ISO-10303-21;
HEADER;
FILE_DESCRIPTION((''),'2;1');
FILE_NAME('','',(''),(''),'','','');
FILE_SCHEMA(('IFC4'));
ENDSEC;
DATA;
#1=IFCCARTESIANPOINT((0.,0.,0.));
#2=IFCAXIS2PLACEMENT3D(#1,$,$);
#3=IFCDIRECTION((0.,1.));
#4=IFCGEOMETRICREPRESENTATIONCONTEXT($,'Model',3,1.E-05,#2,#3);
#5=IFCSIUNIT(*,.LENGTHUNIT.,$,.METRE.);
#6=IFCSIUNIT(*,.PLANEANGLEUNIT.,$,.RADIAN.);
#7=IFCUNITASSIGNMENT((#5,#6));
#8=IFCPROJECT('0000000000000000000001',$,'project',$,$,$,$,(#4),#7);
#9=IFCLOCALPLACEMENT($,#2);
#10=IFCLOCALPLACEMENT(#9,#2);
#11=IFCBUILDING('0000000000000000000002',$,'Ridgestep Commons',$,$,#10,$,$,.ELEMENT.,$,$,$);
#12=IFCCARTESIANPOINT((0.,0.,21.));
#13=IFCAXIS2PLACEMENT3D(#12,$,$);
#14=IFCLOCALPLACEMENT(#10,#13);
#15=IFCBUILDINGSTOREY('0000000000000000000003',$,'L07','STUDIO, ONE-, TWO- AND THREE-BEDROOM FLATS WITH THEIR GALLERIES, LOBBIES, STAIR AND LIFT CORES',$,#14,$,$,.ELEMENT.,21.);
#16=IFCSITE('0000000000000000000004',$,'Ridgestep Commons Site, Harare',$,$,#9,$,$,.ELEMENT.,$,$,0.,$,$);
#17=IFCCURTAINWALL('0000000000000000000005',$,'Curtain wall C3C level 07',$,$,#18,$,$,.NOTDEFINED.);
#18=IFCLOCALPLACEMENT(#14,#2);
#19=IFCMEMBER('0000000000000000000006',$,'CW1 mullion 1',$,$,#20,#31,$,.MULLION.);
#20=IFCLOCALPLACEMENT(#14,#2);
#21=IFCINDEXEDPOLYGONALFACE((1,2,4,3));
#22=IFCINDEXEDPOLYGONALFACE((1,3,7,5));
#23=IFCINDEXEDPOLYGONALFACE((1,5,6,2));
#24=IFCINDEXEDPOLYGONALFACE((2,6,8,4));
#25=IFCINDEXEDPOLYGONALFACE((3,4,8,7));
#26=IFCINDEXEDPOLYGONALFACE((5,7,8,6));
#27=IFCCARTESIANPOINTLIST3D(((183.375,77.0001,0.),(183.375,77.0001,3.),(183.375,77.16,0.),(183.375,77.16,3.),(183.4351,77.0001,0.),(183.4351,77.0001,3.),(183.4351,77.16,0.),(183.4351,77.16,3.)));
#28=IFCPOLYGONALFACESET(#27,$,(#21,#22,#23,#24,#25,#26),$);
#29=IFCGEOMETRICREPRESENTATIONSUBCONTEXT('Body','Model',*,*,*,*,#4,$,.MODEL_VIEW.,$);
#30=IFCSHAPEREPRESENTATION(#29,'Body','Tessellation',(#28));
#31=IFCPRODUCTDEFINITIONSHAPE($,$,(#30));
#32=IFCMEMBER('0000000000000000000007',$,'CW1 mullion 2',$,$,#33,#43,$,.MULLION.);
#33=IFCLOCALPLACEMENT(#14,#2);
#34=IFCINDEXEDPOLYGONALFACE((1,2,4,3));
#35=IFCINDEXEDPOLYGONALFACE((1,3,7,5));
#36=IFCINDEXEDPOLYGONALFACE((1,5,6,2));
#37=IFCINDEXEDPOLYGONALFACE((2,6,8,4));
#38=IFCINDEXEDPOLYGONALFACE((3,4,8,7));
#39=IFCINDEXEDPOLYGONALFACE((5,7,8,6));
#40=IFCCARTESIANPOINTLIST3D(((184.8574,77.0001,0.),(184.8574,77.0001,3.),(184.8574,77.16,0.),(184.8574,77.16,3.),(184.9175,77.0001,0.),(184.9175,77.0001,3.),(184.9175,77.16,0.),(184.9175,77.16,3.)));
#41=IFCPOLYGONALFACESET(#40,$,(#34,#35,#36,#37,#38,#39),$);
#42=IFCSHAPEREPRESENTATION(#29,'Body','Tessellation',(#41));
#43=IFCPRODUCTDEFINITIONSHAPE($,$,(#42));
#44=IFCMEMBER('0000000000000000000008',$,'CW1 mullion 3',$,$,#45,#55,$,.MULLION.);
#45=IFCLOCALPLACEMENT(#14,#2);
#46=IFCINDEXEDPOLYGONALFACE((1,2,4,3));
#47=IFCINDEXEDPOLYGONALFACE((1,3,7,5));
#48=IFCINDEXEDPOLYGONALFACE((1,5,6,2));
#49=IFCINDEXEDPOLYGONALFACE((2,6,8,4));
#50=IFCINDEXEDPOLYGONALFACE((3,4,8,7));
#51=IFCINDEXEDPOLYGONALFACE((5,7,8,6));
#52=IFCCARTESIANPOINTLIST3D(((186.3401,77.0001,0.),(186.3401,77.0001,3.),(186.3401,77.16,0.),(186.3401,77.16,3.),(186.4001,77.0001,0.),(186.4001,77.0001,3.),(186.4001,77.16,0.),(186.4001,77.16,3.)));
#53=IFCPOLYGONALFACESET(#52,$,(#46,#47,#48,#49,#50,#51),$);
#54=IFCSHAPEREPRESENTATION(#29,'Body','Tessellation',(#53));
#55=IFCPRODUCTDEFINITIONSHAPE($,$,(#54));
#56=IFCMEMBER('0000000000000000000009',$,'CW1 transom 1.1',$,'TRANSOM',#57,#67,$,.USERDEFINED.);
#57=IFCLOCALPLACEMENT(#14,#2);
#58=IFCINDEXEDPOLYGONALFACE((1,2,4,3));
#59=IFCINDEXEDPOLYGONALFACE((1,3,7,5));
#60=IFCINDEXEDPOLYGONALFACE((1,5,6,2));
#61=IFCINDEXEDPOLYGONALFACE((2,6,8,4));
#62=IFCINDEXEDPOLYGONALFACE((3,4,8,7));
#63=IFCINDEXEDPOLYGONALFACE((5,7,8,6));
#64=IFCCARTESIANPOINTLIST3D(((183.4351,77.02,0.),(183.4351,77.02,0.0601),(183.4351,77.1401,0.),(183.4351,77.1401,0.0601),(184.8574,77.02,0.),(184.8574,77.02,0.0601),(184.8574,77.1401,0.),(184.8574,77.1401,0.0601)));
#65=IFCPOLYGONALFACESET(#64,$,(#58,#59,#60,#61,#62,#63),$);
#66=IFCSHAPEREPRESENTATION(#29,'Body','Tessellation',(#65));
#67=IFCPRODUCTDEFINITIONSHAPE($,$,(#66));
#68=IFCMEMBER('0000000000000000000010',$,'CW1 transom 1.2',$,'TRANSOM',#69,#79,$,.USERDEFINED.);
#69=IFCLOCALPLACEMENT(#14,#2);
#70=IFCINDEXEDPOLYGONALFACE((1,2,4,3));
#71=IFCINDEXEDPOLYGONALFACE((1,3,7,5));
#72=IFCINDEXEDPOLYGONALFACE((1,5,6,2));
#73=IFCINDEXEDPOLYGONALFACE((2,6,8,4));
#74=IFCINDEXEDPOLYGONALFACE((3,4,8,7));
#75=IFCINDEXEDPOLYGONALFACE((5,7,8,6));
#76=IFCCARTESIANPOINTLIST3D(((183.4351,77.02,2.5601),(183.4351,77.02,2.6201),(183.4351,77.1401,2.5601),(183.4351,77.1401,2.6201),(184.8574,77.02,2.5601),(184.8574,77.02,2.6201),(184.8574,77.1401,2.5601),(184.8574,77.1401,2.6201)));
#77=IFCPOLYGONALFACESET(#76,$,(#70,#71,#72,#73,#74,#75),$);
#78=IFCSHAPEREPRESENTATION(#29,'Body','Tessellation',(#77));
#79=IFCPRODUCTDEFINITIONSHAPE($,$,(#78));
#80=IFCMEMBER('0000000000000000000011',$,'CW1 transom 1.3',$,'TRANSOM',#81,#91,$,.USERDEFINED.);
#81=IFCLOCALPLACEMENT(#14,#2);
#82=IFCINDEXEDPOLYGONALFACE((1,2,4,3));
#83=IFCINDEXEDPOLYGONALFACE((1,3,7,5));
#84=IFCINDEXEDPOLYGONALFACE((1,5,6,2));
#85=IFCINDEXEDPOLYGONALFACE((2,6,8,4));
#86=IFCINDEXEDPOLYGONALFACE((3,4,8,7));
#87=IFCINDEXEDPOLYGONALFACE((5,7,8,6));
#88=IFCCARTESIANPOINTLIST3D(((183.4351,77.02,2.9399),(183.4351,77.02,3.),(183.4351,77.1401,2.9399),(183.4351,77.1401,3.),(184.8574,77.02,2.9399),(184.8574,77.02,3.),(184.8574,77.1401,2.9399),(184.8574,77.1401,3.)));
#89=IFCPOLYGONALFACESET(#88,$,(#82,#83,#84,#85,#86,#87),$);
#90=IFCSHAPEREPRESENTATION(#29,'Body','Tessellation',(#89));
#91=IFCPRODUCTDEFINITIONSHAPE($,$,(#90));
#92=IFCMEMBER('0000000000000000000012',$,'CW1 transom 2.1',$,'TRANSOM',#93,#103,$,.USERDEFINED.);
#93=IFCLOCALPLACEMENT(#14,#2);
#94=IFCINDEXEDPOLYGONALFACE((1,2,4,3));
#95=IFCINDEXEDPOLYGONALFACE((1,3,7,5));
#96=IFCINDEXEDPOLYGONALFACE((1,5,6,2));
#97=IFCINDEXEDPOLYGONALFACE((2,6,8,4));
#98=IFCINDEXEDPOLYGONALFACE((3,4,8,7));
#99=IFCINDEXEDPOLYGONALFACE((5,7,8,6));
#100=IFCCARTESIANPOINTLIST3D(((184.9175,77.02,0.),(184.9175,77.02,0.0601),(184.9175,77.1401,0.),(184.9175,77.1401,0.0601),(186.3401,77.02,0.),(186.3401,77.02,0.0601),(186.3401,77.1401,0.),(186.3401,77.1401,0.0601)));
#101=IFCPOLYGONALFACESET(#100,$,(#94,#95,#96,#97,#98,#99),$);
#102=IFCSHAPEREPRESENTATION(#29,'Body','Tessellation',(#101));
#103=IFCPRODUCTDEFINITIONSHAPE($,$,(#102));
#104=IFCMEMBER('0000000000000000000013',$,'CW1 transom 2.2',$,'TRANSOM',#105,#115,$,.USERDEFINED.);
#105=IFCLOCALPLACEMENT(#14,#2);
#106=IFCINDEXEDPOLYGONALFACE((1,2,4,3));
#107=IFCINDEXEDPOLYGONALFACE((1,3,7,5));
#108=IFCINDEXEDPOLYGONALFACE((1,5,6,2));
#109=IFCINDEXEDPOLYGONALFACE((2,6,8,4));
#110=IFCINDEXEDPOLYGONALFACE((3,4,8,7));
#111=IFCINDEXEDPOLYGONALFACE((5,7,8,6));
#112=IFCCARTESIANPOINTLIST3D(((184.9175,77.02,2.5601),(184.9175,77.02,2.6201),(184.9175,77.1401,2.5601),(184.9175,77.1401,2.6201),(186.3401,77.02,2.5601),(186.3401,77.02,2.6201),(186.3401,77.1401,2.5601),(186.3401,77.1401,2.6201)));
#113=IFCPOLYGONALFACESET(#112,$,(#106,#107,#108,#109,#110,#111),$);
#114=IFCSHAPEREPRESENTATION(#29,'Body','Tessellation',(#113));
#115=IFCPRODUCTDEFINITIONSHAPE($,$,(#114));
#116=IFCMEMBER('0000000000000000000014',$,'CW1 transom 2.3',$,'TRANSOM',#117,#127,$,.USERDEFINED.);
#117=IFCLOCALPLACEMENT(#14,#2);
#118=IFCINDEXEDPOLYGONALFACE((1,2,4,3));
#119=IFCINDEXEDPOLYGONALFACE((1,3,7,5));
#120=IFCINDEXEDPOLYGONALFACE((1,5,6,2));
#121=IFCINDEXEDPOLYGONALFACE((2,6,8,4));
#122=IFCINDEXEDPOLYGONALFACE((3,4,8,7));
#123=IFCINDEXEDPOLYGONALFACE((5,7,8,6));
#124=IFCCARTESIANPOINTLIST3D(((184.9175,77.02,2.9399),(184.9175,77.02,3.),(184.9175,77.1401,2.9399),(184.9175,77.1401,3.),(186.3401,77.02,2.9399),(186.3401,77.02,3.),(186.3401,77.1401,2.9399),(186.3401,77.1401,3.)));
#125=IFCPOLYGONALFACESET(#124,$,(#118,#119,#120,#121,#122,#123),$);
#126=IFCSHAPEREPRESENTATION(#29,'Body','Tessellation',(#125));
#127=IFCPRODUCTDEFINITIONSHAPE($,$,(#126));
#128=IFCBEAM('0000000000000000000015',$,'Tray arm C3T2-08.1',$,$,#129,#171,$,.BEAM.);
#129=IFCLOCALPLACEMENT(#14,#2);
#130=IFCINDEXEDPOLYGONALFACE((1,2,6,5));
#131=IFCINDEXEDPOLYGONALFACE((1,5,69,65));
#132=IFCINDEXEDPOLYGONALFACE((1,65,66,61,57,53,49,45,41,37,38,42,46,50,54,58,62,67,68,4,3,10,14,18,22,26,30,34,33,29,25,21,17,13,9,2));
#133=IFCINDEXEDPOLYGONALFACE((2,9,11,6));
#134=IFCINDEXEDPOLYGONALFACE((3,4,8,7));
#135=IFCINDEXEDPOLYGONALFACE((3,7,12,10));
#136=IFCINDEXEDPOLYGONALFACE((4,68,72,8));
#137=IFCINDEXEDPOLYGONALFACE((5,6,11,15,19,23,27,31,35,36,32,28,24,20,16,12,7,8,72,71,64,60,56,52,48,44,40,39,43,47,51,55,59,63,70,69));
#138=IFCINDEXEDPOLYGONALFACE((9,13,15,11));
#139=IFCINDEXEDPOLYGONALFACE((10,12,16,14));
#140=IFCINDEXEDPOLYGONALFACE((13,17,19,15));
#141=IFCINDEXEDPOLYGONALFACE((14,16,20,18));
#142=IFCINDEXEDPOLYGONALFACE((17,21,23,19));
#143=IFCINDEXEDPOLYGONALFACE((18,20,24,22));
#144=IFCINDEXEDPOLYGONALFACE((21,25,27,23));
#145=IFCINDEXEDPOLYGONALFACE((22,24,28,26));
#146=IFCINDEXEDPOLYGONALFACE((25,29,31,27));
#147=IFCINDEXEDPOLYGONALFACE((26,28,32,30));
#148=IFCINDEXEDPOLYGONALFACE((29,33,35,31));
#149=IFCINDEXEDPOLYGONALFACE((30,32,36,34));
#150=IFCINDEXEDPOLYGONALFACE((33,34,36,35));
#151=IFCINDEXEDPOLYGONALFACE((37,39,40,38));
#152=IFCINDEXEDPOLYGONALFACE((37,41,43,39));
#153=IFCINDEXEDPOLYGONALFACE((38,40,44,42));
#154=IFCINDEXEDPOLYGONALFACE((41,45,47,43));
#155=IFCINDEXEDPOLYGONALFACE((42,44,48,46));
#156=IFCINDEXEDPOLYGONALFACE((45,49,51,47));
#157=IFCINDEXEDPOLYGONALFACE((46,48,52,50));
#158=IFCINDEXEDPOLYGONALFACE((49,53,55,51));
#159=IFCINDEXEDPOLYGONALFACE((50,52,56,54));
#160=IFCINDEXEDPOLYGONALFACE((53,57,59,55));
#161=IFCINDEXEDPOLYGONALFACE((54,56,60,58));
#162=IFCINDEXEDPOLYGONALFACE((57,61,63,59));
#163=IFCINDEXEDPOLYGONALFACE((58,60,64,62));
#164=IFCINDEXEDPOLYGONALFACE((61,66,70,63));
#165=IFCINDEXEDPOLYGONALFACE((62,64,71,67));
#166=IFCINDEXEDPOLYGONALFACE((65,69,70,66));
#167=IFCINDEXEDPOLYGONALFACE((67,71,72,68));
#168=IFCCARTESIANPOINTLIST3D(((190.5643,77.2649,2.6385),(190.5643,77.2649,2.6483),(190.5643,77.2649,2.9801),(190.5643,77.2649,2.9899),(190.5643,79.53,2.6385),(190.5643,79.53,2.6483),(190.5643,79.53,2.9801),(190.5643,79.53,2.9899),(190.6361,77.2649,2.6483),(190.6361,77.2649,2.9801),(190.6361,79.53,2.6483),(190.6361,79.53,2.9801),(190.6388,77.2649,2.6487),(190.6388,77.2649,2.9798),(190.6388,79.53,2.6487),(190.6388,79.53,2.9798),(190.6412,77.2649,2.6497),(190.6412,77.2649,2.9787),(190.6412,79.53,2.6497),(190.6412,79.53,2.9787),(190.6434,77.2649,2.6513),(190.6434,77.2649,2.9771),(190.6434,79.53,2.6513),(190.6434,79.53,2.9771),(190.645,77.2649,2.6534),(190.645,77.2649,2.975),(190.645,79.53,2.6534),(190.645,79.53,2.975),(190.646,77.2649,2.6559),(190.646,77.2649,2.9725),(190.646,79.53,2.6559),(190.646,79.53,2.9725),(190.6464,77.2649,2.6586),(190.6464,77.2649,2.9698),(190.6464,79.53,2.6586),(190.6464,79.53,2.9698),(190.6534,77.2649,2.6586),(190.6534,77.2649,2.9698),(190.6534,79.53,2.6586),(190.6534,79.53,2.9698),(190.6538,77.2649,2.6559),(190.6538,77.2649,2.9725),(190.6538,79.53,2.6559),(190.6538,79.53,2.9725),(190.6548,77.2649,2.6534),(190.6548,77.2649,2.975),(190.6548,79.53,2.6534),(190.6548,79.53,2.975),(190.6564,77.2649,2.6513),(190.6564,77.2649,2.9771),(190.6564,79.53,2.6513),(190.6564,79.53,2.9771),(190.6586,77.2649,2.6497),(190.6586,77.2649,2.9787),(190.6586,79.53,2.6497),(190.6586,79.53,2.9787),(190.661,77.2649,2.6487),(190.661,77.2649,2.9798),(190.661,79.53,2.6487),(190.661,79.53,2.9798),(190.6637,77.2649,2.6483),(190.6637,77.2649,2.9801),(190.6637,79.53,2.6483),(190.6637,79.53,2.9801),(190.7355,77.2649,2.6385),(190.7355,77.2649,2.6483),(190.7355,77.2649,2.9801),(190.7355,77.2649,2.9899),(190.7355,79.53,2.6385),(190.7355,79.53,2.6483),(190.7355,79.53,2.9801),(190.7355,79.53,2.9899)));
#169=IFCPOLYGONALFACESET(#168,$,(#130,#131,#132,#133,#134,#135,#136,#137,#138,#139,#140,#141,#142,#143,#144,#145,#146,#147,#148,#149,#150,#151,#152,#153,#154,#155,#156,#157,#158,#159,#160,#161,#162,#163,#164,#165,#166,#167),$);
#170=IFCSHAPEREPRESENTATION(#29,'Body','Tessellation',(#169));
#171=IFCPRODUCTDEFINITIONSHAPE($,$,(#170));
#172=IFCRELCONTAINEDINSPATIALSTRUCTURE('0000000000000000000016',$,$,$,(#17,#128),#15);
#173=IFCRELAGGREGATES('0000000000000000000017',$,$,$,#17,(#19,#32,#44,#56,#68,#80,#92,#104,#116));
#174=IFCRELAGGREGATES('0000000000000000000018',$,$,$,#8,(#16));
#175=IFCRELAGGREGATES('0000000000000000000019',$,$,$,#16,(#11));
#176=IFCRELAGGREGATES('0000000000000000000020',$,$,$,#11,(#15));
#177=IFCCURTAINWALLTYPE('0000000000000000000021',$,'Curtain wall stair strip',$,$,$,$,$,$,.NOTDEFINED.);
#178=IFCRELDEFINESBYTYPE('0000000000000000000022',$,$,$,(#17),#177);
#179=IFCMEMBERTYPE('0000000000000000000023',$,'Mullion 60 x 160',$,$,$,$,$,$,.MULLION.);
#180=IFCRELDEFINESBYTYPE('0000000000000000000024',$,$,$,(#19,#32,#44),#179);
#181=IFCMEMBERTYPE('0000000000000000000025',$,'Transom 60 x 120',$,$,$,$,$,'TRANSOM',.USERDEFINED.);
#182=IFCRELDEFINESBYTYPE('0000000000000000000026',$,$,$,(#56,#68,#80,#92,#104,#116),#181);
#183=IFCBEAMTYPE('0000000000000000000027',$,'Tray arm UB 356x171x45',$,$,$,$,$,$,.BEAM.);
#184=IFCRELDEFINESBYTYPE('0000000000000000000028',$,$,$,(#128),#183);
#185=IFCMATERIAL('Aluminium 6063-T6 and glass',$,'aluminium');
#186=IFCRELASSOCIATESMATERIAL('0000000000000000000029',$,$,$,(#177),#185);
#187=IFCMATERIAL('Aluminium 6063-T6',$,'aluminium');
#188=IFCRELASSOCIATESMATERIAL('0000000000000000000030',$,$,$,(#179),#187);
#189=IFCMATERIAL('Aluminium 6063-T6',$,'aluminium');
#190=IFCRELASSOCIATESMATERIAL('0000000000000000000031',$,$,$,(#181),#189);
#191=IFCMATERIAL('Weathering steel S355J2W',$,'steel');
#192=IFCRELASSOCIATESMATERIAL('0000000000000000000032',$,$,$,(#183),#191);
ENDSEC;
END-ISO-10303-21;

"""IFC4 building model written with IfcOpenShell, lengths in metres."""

from ifc_helpers import new_model, si_unit, direction, frame, origin, origin_2d, place, context, subcontext, project, spatial, rectangle, i_section, extrude, material, material_profile, profile_set, type_object, element, aggregate, save


model = new_model("IFC4")

# Units and contexts
model_context = context("Model", 3, precision=1e-05, world=origin(), true_north=direction((0.0, 1.0)))
body_context = subcontext(model_context, "Body", "Model", "MODEL_VIEW")
ifc_project = project(units=[si_unit("LENGTHUNIT", "METRE"), si_unit("PLANEANGLEUNIT", "RADIAN")], contexts=[model_context])

# Site, building, storey
site_placement = place(None, origin())
site = spatial("IfcSite", under=ifc_project, at=site_placement, Name="Ridgestep Commons Site, Harare", CompositionType="ELEMENT", RefElevation=0.0)
building_placement = place(site_placement, origin())
building = spatial("IfcBuilding", under=site, at=building_placement, Name="Ridgestep Commons", CompositionType="ELEMENT")
storey_placement = place(building_placement, frame((0.0, 0.0, 21.0)))
storey = spatial("IfcBuildingStorey", under=building, at=storey_placement, Name="L07", Description="STUDIO, ONE-, TWO- AND THREE-BEDROOM FLATS WITH THEIR GALLERIES, LOBBIES, STAIR AND LIFT CORES", CompositionType="ELEMENT", Elevation=21.0)

# Curtain wall, members
ifc_material_1 = material(Name="Aluminium 6063-T6 and glass", Category="aluminium")
curtain_wall_type = type_object("IfcCurtainWallType", Name="Curtain wall stair strip", PredefinedType="NOTDEFINED", material=ifc_material_1)
curtain_wall_placement = place(storey_placement, origin())
curtain_wall = element("IfcCurtainWall", 1, at=curtain_wall_placement, inside=storey, type_object=curtain_wall_type, Name="Curtain wall C3C level 07", PredefinedType="NOTDEFINED")
ifc_material_2 = material(Name="Aluminium 6063-T6", Category="aluminium")
ifc_material_profile_1 = material_profile(ifc_material_2, rectangle(XDim=0.1599, YDim=0.0601, at=origin_2d()), Name="Mullion 60 x 160")
ifc_profile_set_1 = profile_set([ifc_material_profile_1], Name="Aluminium 6063-T6")
member_type_1 = type_object("IfcMemberType", Name="Mullion 60 x 160", PredefinedType="MULLION", material=ifc_profile_set_1)
member_1_placement = place(storey_placement, frame((183.405, 77.0801, 0.0), z_axis=(0.0, 0.0, 1.0), x_axis=(0.0, 1.0, 0.0)))
member_1 = element("IfcMember", 2, at=member_1_placement, type_object=member_type_1, Name="CW1 mullion 1", PredefinedType="MULLION", context=body_context, shape_type="SweptSolid", body=[
    extrude(rectangle(XDim=0.1599, YDim=0.0601, at=origin_2d()), origin(), (0.0, 0.0, 1.0), 3.0),
])
member_2_placement = place(storey_placement, frame((184.8875, 77.0801, 0.0), z_axis=(0.0, 0.0, 1.0), x_axis=(0.0, 1.0, 0.0)))
member_2 = element("IfcMember", 3, at=member_2_placement, type_object=member_type_1, Name="CW1 mullion 2", PredefinedType="MULLION", context=body_context, shape_type="SweptSolid", body=[
    extrude(rectangle(XDim=0.1599, YDim=0.0601, at=origin_2d()), origin(), (0.0, 0.0, 1.0), 3.0),
])
member_3_placement = place(storey_placement, frame((186.3701, 77.0801, 0.0), z_axis=(0.0, 0.0, 1.0), x_axis=(0.0, 1.0, 0.0)))
member_3 = element("IfcMember", 4, at=member_3_placement, type_object=member_type_1, Name="CW1 mullion 3", PredefinedType="MULLION", context=body_context, shape_type="SweptSolid", body=[
    extrude(rectangle(XDim=0.1599, YDim=0.0601, at=origin_2d()), origin(), (0.0, 0.0, 1.0), 3.0),
])
ifc_material_3 = material(Name="Aluminium 6063-T6", Category="aluminium")
ifc_material_profile_2 = material_profile(ifc_material_3, rectangle(XDim=0.1201, YDim=0.0601, at=origin_2d()), Name="Transom 60 x 120")
ifc_profile_set_2 = profile_set([ifc_material_profile_2], Name="Aluminium 6063-T6")
member_type_2 = type_object("IfcMemberType", Name="Transom 60 x 120", ElementType="TRANSOM", PredefinedType="USERDEFINED", material=ifc_profile_set_2)
member_4_placement = place(storey_placement, frame((183.4351, 77.0801, 0.03), z_axis=(1.0, 0.0, 0.0), x_axis=(0.0, 1.0, 0.0)))
member_4 = element("IfcMember", 5, at=member_4_placement, type_object=member_type_2, Name="CW1 transom 1.1", ObjectType="TRANSOM", PredefinedType="USERDEFINED", context=body_context, shape_type="SweptSolid", body=[
    extrude(rectangle(XDim=0.1201, YDim=0.0601, at=origin_2d()), origin(), (0.0, 0.0, 1.0), 1.4224),
])
member_5_placement = place(storey_placement, frame((183.4351, 77.0801, 2.5901), z_axis=(1.0, 0.0, 0.0), x_axis=(0.0, 1.0, 0.0)))
member_5 = element("IfcMember", 6, at=member_5_placement, type_object=member_type_2, Name="CW1 transom 1.2", ObjectType="TRANSOM", PredefinedType="USERDEFINED", context=body_context, shape_type="SweptSolid", body=[
    extrude(rectangle(XDim=0.1201, YDim=0.0601, at=origin_2d()), origin(), (0.0, 0.0, 1.0), 1.4224),
])
member_6_placement = place(storey_placement, frame((183.4351, 77.0801, 2.97), z_axis=(1.0, 0.0, 0.0), x_axis=(0.0, 1.0, 0.0)))
member_6 = element("IfcMember", 7, at=member_6_placement, type_object=member_type_2, Name="CW1 transom 1.3", ObjectType="TRANSOM", PredefinedType="USERDEFINED", context=body_context, shape_type="SweptSolid", body=[
    extrude(rectangle(XDim=0.1201, YDim=0.0601, at=origin_2d()), origin(), (0.0, 0.0, 1.0), 1.4224),
])
member_7_placement = place(storey_placement, frame((184.9175, 77.0801, 0.03), z_axis=(1.0, 0.0, 0.0), x_axis=(0.0, 1.0, 0.0)))
member_7 = element("IfcMember", 8, at=member_7_placement, type_object=member_type_2, Name="CW1 transom 2.1", ObjectType="TRANSOM", PredefinedType="USERDEFINED", context=body_context, shape_type="SweptSolid", body=[
    extrude(rectangle(XDim=0.1201, YDim=0.0601, at=origin_2d()), origin(), (0.0, 0.0, 1.0), 1.4226),
])
member_8_placement = place(storey_placement, frame((184.9175, 77.0801, 2.5901), z_axis=(1.0, 0.0, 0.0), x_axis=(0.0, 1.0, 0.0)))
member_8 = element("IfcMember", 9, at=member_8_placement, type_object=member_type_2, Name="CW1 transom 2.2", ObjectType="TRANSOM", PredefinedType="USERDEFINED", context=body_context, shape_type="SweptSolid", body=[
    extrude(rectangle(XDim=0.1201, YDim=0.0601, at=origin_2d()), origin(), (0.0, 0.0, 1.0), 1.4226),
])
member_9_placement = place(storey_placement, frame((184.9175, 77.0801, 2.97), z_axis=(1.0, 0.0, 0.0), x_axis=(0.0, 1.0, 0.0)))
member_9 = element("IfcMember", 10, at=member_9_placement, type_object=member_type_2, Name="CW1 transom 2.3", ObjectType="TRANSOM", PredefinedType="USERDEFINED", context=body_context, shape_type="SweptSolid", body=[
    extrude(rectangle(XDim=0.1201, YDim=0.0601, at=origin_2d()), origin(), (0.0, 0.0, 1.0), 1.4226),
])

# Beam
ifc_material_4 = material(Name="Weathering steel S355J2W", Category="steel")
ifc_material_profile_3 = material_profile(ifc_material_4, i_section(OverallWidth=0.1711, OverallDepth=0.3513, WebThickness=0.0071, FlangeThickness=0.0098, FilletRadius=0.0103, at=origin_2d()), Name="UB 356x171x45")
ifc_profile_set_3 = profile_set([ifc_material_profile_3], Name="Weathering steel S355J2W")
beam_type_1 = type_object("IfcBeamType", Name="Tray arm UB 356x171x45", PredefinedType="BEAM", material=ifc_profile_set_3)
beam_1_placement = place(storey_placement, frame((190.6499, 77.2649, 2.8142), z_axis=(0.0, 1.0, 0.0), x_axis=(-1.0, 0.0, 0.0)))
element("IfcBeam", 11, at=beam_1_placement, inside=storey, type_object=beam_type_1, Name="Tray arm C3T2-08.1", PredefinedType="BEAM", context=body_context, shape_type="SweptSolid", body=[
    extrude(i_section(OverallWidth=0.1711, OverallDepth=0.3513, WebThickness=0.0071, FlangeThickness=0.0098, FilletRadius=0.0103, at=origin_2d()), origin(), (0.0, 0.0, 1.0), 2.2651),
])

aggregate(curtain_wall, [member_1, member_2, member_3, member_4, member_5, member_6, member_7, member_8, member_9])

save(model, "model.ifc")
